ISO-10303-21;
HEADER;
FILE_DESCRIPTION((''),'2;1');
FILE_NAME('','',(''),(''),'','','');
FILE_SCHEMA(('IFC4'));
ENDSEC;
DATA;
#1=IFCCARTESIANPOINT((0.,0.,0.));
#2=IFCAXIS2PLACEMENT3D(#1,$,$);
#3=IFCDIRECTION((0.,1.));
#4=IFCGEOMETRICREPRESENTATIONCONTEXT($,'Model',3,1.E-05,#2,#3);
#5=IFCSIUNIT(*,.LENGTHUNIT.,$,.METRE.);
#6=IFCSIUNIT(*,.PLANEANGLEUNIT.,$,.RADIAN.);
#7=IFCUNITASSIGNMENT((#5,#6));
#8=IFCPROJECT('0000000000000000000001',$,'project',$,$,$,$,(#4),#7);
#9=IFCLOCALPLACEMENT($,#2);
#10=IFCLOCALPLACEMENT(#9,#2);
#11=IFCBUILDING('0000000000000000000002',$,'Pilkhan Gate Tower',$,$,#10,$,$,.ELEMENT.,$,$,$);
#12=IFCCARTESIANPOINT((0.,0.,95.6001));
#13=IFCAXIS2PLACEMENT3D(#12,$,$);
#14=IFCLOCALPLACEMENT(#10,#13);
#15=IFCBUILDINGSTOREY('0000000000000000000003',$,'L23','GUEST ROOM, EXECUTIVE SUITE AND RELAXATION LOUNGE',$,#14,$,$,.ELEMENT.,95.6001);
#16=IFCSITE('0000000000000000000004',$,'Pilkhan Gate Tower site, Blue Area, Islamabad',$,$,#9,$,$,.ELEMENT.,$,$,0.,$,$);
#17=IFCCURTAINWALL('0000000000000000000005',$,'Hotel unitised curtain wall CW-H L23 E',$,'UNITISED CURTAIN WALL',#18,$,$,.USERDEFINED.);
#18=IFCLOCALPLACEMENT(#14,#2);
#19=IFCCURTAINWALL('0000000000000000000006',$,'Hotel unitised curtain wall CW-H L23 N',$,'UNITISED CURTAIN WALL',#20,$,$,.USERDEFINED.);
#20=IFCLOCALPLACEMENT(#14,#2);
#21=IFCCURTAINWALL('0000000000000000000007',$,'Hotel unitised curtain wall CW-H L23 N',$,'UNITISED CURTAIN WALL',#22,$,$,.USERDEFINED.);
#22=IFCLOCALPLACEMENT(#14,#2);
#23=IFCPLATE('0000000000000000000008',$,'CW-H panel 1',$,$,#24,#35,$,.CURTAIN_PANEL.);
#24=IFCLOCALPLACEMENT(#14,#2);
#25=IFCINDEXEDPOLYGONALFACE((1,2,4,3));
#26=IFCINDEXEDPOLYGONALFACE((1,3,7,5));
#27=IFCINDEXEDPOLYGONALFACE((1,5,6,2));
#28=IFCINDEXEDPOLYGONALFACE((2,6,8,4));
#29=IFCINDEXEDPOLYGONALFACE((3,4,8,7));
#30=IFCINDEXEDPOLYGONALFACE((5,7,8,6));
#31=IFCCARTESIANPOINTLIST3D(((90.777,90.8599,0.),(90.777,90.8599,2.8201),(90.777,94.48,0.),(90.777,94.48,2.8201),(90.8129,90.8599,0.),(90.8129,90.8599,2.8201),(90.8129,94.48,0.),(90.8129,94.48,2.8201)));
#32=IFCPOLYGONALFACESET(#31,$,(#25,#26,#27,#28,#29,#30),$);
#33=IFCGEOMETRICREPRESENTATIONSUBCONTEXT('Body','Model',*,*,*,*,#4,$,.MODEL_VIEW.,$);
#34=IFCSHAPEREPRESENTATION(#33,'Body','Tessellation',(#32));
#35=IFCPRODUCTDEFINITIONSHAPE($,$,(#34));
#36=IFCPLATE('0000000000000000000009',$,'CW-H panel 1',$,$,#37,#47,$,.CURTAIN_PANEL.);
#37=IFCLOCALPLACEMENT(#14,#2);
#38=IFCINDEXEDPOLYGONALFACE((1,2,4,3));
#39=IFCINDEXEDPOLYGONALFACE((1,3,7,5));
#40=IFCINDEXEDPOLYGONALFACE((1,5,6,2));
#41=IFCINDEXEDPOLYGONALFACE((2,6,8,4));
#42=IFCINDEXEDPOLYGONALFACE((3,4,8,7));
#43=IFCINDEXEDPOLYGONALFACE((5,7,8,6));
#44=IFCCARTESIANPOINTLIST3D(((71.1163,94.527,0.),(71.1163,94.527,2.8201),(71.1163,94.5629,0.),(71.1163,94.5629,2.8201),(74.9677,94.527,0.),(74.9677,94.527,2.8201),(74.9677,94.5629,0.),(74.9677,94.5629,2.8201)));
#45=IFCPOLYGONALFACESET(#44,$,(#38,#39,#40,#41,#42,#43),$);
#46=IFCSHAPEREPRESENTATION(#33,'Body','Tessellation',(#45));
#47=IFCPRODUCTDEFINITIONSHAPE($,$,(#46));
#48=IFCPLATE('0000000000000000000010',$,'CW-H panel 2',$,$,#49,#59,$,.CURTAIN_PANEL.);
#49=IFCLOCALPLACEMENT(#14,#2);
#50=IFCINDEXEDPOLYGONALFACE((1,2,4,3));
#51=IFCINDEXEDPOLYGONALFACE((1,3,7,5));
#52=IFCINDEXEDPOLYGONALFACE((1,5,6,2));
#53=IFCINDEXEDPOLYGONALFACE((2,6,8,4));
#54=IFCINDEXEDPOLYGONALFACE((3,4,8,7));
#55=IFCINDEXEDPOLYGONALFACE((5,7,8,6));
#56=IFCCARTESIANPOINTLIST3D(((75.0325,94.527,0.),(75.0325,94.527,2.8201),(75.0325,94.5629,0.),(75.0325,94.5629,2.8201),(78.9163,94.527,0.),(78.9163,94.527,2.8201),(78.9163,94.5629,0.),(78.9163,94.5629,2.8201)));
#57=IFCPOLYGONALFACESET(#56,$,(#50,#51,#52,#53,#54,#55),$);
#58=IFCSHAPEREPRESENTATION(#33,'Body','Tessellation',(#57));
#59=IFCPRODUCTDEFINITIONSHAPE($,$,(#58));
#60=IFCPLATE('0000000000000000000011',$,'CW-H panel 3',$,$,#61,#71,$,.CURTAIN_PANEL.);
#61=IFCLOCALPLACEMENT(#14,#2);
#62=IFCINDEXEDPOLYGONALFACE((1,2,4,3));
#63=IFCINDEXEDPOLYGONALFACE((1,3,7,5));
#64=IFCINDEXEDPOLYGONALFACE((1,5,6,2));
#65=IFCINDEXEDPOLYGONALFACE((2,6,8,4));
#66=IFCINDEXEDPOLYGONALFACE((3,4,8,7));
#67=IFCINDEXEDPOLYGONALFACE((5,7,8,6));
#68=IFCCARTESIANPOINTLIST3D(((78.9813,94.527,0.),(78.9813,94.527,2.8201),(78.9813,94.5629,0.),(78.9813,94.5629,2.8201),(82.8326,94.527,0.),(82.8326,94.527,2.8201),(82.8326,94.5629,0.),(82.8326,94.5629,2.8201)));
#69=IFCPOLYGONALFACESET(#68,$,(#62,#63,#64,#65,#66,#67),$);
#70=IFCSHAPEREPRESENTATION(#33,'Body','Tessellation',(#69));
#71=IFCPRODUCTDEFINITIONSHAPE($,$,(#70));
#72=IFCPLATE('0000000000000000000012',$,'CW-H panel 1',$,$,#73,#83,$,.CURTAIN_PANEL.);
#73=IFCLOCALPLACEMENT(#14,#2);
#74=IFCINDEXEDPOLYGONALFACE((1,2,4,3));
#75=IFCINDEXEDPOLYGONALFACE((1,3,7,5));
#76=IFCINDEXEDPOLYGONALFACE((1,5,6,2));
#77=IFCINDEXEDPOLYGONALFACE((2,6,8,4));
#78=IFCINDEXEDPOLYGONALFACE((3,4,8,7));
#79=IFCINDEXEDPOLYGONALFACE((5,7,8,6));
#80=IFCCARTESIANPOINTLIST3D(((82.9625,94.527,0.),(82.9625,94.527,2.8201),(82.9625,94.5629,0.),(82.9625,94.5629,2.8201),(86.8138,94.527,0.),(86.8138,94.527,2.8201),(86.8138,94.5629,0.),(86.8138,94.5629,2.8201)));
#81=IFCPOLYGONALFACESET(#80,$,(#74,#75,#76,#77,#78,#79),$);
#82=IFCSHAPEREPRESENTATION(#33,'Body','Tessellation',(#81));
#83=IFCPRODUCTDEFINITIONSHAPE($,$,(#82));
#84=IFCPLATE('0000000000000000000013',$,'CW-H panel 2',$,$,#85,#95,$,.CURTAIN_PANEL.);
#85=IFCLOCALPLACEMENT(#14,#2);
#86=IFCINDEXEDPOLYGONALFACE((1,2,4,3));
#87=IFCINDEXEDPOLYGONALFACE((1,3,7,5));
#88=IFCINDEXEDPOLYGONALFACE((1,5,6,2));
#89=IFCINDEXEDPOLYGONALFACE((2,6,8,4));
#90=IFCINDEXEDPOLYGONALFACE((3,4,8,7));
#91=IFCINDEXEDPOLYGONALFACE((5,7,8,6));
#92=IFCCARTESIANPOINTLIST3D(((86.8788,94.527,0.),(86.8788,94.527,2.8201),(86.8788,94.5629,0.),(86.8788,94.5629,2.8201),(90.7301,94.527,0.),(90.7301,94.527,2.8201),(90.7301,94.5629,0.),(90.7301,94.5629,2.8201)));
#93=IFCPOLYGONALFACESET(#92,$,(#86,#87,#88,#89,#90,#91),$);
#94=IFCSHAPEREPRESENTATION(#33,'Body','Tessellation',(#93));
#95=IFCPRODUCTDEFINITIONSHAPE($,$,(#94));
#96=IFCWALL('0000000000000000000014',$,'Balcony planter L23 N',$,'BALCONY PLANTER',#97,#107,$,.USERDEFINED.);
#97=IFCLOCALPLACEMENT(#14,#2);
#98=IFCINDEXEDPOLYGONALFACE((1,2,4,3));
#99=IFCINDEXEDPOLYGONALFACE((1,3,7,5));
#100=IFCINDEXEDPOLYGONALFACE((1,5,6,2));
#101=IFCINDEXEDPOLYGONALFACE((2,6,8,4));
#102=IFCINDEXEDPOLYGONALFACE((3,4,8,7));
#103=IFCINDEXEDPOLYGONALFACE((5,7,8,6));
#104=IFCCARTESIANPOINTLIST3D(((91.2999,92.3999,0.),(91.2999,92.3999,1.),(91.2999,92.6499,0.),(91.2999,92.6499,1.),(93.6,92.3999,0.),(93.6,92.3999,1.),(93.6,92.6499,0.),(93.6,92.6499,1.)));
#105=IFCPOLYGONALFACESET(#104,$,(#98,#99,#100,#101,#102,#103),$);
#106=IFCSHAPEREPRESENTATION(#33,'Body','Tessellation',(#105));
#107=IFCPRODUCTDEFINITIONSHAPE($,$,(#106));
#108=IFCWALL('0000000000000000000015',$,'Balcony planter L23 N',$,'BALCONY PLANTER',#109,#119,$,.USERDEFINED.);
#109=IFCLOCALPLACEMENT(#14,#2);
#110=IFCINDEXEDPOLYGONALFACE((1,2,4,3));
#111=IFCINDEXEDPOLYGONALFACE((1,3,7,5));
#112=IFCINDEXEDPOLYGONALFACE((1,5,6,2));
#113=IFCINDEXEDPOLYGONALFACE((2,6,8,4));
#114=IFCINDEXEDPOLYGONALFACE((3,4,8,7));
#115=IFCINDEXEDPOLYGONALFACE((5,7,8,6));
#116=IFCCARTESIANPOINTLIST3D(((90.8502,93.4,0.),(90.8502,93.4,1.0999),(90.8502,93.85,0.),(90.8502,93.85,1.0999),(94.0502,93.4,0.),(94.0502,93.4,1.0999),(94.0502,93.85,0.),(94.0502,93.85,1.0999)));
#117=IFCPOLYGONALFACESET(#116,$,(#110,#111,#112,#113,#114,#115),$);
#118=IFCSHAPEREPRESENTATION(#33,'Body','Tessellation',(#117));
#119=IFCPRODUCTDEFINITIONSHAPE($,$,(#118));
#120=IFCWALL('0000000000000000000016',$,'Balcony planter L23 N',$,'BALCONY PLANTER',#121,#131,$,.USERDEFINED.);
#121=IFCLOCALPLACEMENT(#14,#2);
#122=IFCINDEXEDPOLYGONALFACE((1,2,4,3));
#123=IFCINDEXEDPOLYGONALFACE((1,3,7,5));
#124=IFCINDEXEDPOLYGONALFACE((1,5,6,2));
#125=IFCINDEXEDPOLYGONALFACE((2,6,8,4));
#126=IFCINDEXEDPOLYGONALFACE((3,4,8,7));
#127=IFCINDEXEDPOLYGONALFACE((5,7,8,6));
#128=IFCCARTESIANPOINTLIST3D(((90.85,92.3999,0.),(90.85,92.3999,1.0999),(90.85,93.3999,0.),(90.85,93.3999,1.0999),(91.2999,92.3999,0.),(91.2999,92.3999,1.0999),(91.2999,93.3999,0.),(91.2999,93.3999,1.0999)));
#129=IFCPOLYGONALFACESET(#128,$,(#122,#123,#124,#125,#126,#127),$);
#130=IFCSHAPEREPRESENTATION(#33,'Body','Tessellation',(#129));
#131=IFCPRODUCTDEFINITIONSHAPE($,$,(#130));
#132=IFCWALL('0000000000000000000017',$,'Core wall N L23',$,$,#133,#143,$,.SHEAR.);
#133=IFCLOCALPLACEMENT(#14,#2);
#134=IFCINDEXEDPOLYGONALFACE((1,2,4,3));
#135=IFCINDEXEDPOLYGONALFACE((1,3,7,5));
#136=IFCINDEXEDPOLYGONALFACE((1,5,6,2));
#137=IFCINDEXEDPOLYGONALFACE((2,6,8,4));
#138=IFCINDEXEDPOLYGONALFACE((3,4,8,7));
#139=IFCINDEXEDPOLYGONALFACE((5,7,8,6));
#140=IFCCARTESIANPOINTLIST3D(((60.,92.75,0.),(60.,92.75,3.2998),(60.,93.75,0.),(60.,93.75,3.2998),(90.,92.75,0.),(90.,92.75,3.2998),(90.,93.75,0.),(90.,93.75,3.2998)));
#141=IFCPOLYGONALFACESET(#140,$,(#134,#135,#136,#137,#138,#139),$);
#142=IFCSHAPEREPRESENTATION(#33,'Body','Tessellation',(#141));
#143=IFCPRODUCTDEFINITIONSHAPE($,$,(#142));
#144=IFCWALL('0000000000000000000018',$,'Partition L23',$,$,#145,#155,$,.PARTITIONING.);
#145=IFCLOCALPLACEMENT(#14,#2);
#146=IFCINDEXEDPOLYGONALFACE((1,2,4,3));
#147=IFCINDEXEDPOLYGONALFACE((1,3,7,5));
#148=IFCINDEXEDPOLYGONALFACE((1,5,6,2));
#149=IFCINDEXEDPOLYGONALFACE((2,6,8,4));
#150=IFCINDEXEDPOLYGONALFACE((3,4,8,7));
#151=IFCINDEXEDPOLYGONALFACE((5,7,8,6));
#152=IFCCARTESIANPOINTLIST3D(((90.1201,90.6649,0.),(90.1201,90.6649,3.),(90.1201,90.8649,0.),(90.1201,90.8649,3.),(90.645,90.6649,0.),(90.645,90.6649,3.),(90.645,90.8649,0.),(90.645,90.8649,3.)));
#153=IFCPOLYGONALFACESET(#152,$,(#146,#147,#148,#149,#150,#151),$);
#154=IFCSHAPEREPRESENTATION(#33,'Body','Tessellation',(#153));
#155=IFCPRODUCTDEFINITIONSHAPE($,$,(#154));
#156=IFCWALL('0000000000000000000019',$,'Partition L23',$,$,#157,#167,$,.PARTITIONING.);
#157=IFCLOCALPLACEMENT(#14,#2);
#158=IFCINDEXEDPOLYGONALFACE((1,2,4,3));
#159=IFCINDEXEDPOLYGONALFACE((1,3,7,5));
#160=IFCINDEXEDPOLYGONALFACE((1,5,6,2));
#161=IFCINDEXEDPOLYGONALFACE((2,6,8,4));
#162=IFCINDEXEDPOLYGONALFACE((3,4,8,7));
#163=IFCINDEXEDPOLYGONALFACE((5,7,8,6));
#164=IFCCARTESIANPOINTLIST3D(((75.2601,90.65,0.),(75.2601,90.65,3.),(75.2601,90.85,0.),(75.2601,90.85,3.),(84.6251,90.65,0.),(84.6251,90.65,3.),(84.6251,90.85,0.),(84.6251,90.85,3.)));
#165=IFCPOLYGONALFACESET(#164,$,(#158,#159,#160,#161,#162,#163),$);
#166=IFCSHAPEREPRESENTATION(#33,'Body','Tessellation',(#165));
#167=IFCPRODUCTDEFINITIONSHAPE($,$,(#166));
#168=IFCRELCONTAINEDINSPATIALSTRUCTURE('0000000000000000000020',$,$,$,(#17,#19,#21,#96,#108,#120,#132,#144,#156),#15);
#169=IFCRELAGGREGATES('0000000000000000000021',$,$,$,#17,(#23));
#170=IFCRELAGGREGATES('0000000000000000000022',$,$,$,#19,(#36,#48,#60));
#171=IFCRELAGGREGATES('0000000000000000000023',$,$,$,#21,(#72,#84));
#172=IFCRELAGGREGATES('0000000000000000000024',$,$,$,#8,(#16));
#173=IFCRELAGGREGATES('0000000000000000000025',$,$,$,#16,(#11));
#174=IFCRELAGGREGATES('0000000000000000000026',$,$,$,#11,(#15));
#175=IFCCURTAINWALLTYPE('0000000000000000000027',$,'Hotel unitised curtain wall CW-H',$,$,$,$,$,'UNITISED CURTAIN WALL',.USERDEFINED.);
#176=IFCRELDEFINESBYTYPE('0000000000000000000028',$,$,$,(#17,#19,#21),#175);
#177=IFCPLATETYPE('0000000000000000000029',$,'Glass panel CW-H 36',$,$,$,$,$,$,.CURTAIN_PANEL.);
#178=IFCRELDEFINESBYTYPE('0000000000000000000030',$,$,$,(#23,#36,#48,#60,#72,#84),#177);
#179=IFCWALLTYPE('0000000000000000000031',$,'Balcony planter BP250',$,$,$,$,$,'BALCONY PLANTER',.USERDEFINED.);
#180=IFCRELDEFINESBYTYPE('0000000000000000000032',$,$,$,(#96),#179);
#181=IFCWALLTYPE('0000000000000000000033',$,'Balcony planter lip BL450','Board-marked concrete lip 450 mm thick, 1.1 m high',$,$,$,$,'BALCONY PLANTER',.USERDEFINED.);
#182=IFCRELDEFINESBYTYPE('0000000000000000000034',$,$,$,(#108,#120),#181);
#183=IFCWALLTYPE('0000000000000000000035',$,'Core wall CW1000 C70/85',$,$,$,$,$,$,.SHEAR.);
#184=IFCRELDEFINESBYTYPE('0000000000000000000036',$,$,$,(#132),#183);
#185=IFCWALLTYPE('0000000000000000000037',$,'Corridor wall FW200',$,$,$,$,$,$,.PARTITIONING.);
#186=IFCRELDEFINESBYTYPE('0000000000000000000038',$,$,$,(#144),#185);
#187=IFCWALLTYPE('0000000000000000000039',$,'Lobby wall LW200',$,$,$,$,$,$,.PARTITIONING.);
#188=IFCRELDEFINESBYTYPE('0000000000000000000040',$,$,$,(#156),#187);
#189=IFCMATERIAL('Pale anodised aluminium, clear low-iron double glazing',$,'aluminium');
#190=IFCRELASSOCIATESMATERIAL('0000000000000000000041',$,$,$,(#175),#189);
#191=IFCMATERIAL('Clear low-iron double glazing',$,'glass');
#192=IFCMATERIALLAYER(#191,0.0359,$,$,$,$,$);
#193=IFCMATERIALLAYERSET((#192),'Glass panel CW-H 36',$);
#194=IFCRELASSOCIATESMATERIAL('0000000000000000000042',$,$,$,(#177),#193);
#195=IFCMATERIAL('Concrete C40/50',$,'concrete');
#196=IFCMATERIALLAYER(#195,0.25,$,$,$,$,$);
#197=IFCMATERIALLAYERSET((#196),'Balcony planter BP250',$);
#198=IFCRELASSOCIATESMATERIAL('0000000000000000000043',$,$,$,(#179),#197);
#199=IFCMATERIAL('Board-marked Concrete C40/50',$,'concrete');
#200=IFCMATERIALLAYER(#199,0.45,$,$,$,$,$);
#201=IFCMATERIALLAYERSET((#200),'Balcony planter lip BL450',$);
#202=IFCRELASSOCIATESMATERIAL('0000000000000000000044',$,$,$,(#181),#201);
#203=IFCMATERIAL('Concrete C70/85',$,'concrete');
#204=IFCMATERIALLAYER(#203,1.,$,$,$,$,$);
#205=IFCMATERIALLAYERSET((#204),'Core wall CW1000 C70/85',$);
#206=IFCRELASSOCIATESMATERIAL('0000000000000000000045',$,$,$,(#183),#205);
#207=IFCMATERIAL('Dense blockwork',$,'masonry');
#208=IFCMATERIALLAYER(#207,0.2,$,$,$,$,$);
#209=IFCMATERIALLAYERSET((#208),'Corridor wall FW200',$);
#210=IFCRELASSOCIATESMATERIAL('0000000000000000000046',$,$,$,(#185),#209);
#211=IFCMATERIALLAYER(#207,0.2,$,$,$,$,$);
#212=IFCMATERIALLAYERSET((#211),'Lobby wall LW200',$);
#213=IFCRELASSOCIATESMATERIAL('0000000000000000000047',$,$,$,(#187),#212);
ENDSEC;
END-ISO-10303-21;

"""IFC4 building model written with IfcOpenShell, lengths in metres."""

from ifc_helpers import new_model, si_unit, direction, frame, frame_2d, origin, origin_2d, place, context, subcontext, project, spatial, rectangle, extrude, material, layer, layer_set, type_object, element, aggregate, save


model = new_model("IFC4")

# Units and contexts
model_context = context("Model", 3, precision=1e-05, world=origin(), true_north=direction((0.0, 1.0)))
body_context = subcontext(model_context, "Body", "Model", "MODEL_VIEW")
ifc_project = project(units=[si_unit("LENGTHUNIT", "METRE"), si_unit("PLANEANGLEUNIT", "RADIAN")], contexts=[model_context])

# Site, building, storey
site_placement = place(None, origin())
site = spatial("IfcSite", under=ifc_project, at=site_placement, Name="Pilkhan Gate Tower site, Blue Area, Islamabad", CompositionType="ELEMENT", RefElevation=0.0)
building_placement = place(site_placement, origin())
building = spatial("IfcBuilding", under=site, at=building_placement, Name="Pilkhan Gate Tower", CompositionType="ELEMENT")
storey_placement = place(building_placement, frame((0.0, 0.0, 95.6001)))
storey = spatial("IfcBuildingStorey", under=building, at=storey_placement, Name="L23", Description="GUEST ROOM, EXECUTIVE SUITE AND RELAXATION LOUNGE", CompositionType="ELEMENT", Elevation=95.6001)

# Curtain walls
ifc_material_1 = material(Name="Pale anodised aluminium, clear low-iron double glazing", Category="aluminium")
curtain_wall_type = type_object("IfcCurtainWallType", Name="Hotel unitised curtain wall CW-H", ElementType="UNITISED CURTAIN WALL", PredefinedType="USERDEFINED", material=ifc_material_1)
curtain_wall_1_placement = place(storey_placement, origin())
curtain_wall_1 = element("IfcCurtainWall", 1, at=curtain_wall_1_placement, inside=storey, type_object=curtain_wall_type, Name="Hotel unitised curtain wall CW-H L23 E", ObjectType="UNITISED CURTAIN WALL", PredefinedType="USERDEFINED")
curtain_wall_2_placement = place(storey_placement, origin())
curtain_wall_2 = element("IfcCurtainWall", 2, at=curtain_wall_2_placement, inside=storey, type_object=curtain_wall_type, Name="Hotel unitised curtain wall CW-H L23 N", ObjectType="UNITISED CURTAIN WALL", PredefinedType="USERDEFINED")
curtain_wall_3_placement = place(storey_placement, origin())
curtain_wall_3 = element("IfcCurtainWall", 3, at=curtain_wall_3_placement, inside=storey, type_object=curtain_wall_type, Name="Hotel unitised curtain wall CW-H L23 N", ObjectType="UNITISED CURTAIN WALL", PredefinedType="USERDEFINED")

# Plates
ifc_material_2 = material(Name="Clear low-iron double glazing", Category="glass")
ifc_layer_1 = layer(ifc_material_2, 0.0359)
ifc_layer_set_1 = layer_set([ifc_layer_1], Name="Glass panel CW-H 36")
plate_type = type_object("IfcPlateType", Name="Glass panel CW-H 36", PredefinedType="CURTAIN_PANEL", material=ifc_layer_set_1)
plate_1_placement = place(storey_placement, frame((90.7949, 92.6699, 0.0), z_axis=(0.0, 0.0, 1.0), x_axis=(0.0, 1.0, 0.0)))
plate_1 = element("IfcPlate", 4, at=plate_1_placement, type_object=plate_type, Name="CW-H panel 1", PredefinedType="CURTAIN_PANEL", context=body_context, shape_type="SweptSolid", body=[
    extrude(rectangle(XDim=3.6201, YDim=0.0359, at=origin_2d()), origin(), (0.0, 0.0, 1.0), 2.8201),
])
aggregate(curtain_wall_1, [plate_1])
plate_2_placement = place(storey_placement, frame((73.042, 94.5449, 0.0), z_axis=(0.0, 0.0, 1.0), x_axis=(1.0, 0.0, 0.0)))
plate_2 = element("IfcPlate", 5, at=plate_2_placement, type_object=plate_type, Name="CW-H panel 1", PredefinedType="CURTAIN_PANEL", context=body_context, shape_type="SweptSolid", body=[
    extrude(rectangle(XDim=3.8513, YDim=0.0359, at=origin_2d()), origin(), (0.0, 0.0, 1.0), 2.8201),
])
plate_3_placement = place(storey_placement, frame((76.9744, 94.5449, 0.0), z_axis=(0.0, 0.0, 1.0), x_axis=(1.0, 0.0, 0.0)))
plate_3 = element("IfcPlate", 6, at=plate_3_placement, type_object=plate_type, Name="CW-H panel 2", PredefinedType="CURTAIN_PANEL", context=body_context, shape_type="SweptSolid", body=[
    extrude(rectangle(XDim=3.8838, YDim=0.0359, at=origin_2d()), origin(), (0.0, 0.0, 1.0), 2.8201),
])
plate_4_placement = place(storey_placement, frame((80.907, 94.5449, 0.0), z_axis=(0.0, 0.0, 1.0), x_axis=(1.0, 0.0, 0.0)))
plate_4 = element("IfcPlate", 7, at=plate_4_placement, type_object=plate_type, Name="CW-H panel 3", PredefinedType="CURTAIN_PANEL", context=body_context, shape_type="SweptSolid", body=[
    extrude(rectangle(XDim=3.8513, YDim=0.0359, at=origin_2d()), origin(), (0.0, 0.0, 1.0), 2.8201),
])
aggregate(curtain_wall_2, [plate_2, plate_3, plate_4])
plate_5_placement = place(storey_placement, frame((84.8882, 94.5449, 0.0), z_axis=(0.0, 0.0, 1.0), x_axis=(1.0, 0.0, 0.0)))
plate_5 = element("IfcPlate", 8, at=plate_5_placement, type_object=plate_type, Name="CW-H panel 1", PredefinedType="CURTAIN_PANEL", context=body_context, shape_type="SweptSolid", body=[
    extrude(rectangle(XDim=3.8513, YDim=0.0359, at=origin_2d()), origin(), (0.0, 0.0, 1.0), 2.8201),
])
plate_6_placement = place(storey_placement, frame((88.8044, 94.5449, 0.0), z_axis=(0.0, 0.0, 1.0), x_axis=(1.0, 0.0, 0.0)))
plate_6 = element("IfcPlate", 9, at=plate_6_placement, type_object=plate_type, Name="CW-H panel 2", PredefinedType="CURTAIN_PANEL", context=body_context, shape_type="SweptSolid", body=[
    extrude(rectangle(XDim=3.8513, YDim=0.0359, at=origin_2d()), origin(), (0.0, 0.0, 1.0), 2.8201),
])
aggregate(curtain_wall_3, [plate_5, plate_6])

# Walls
ifc_material_3 = material(Name="Concrete C40/50", Category="concrete")
ifc_layer_2 = layer(ifc_material_3, 0.25)
ifc_layer_set_2 = layer_set([ifc_layer_2], Name="Balcony planter BP250")
wall_type_1 = type_object("IfcWallType", Name="Balcony planter BP250", ElementType="BALCONY PLANTER", PredefinedType="USERDEFINED", material=ifc_layer_set_2)
wall_1_placement = place(storey_placement, frame((91.3, 92.5249, 0.0), z_axis=(0.0, 0.0, 1.0), x_axis=(1.0, 0.0, 0.0)))
element("IfcWall", 10, at=wall_1_placement, inside=storey, type_object=wall_type_1, Name="Balcony planter L23 N", ObjectType="BALCONY PLANTER", PredefinedType="USERDEFINED", context=body_context, shape_type="SweptSolid", body=[
    extrude(rectangle(XDim=2.3, YDim=0.25, at=frame_2d((1.1499, 0.0))), origin(), (0.0, 0.0, 1.0), 1.0),
])
ifc_material_4 = material(Name="Board-marked Concrete C40/50", Category="concrete")
ifc_layer_3 = layer(ifc_material_4, 0.45)
ifc_layer_set_3 = layer_set([ifc_layer_3], Name="Balcony planter lip BL450")
wall_type_2 = type_object("IfcWallType", Name="Balcony planter lip BL450", Description="Board-marked concrete lip 450 mm thick, 1.1 m high", ElementType="BALCONY PLANTER", PredefinedType="USERDEFINED", material=ifc_layer_set_3)
wall_2_placement = place(storey_placement, frame((90.8501, 93.625, 0.0), z_axis=(0.0, 0.0, 1.0), x_axis=(1.0, 0.0, 0.0)))
element("IfcWall", 11, at=wall_2_placement, inside=storey, type_object=wall_type_2, Name="Balcony planter L23 N", ObjectType="BALCONY PLANTER", PredefinedType="USERDEFINED", context=body_context, shape_type="SweptSolid", body=[
    extrude(rectangle(XDim=3.2, YDim=0.45, at=frame_2d((1.6001, 0.0))), origin(), (0.0, 0.0, 1.0), 1.0999),
])
wall_3_placement = place(storey_placement, frame((91.075, 92.3999, 0.0), z_axis=(0.0, 0.0, 1.0), x_axis=(0.0, 1.0, 0.0)))
element("IfcWall", 12, at=wall_3_placement, inside=storey, type_object=wall_type_2, Name="Balcony planter L23 N", ObjectType="BALCONY PLANTER", PredefinedType="USERDEFINED", context=body_context, shape_type="SweptSolid", body=[
    extrude(rectangle(XDim=1.0, YDim=0.45, at=frame_2d((0.5, 0.0))), origin(), (0.0, 0.0, 1.0), 1.0999),
])
ifc_material_5 = material(Name="Concrete C70/85", Category="concrete")
ifc_layer_4 = layer(ifc_material_5, 1.0)
ifc_layer_set_4 = layer_set([ifc_layer_4], Name="Core wall CW1000 C70/85")
wall_type_3 = type_object("IfcWallType", Name="Core wall CW1000 C70/85", PredefinedType="SHEAR", material=ifc_layer_set_4)
wall_4_placement = place(storey_placement, frame((90.0, 93.25, 0.0), z_axis=(0.0, 0.0, 1.0), x_axis=(-1.0, 0.0, 0.0)))
element("IfcWall", 13, at=wall_4_placement, inside=storey, type_object=wall_type_3, Name="Core wall N L23", PredefinedType="SHEAR", context=body_context, shape_type="SweptSolid", body=[
    extrude(rectangle(XDim=30.0, YDim=1.0, at=frame_2d((15.0, 0.0))), origin(), (0.0, 0.0, 1.0), 3.2998),
])
ifc_material_6 = material(Name="Dense blockwork", Category="masonry")
ifc_layer_5 = layer(ifc_material_6, 0.2)
ifc_layer_set_5 = layer_set([ifc_layer_5], Name="Corridor wall FW200")
wall_type_4 = type_object("IfcWallType", Name="Corridor wall FW200", PredefinedType="PARTITIONING", material=ifc_layer_set_5)
wall_5_placement = place(storey_placement, frame((90.1201, 90.7649, 0.0), z_axis=(0.0, 0.0, 1.0), x_axis=(1.0, 0.0, 0.0)))
element("IfcWall", 14, at=wall_5_placement, inside=storey, type_object=wall_type_4, Name="Partition L23", PredefinedType="PARTITIONING", context=body_context, shape_type="SweptSolid", body=[
    extrude(rectangle(XDim=0.5249, YDim=0.2, at=frame_2d((0.2625, 0.0))), origin(), (0.0, 0.0, 1.0), 3.0),
])

# Wall
ifc_layer_6 = layer(ifc_material_6, 0.2)
ifc_layer_set_6 = layer_set([ifc_layer_6], Name="Lobby wall LW200")
wall_type_5 = type_object("IfcWallType", Name="Lobby wall LW200", PredefinedType="PARTITIONING", material=ifc_layer_set_6)
wall_6_placement = place(storey_placement, frame((75.26, 90.75, 0.0), z_axis=(0.0, 0.0, 1.0), x_axis=(1.0, 0.0, 0.0)))
element("IfcWall", 15, at=wall_6_placement, inside=storey, type_object=wall_type_5, Name="Partition L23", PredefinedType="PARTITIONING", context=body_context, shape_type="SweptSolid", body=[
    extrude(rectangle(XDim=9.365, YDim=0.2, at=frame_2d((4.6826, 0.0))), origin(), (0.0, 0.0, 1.0), 3.0),
])

save(model, "model.ifc")
